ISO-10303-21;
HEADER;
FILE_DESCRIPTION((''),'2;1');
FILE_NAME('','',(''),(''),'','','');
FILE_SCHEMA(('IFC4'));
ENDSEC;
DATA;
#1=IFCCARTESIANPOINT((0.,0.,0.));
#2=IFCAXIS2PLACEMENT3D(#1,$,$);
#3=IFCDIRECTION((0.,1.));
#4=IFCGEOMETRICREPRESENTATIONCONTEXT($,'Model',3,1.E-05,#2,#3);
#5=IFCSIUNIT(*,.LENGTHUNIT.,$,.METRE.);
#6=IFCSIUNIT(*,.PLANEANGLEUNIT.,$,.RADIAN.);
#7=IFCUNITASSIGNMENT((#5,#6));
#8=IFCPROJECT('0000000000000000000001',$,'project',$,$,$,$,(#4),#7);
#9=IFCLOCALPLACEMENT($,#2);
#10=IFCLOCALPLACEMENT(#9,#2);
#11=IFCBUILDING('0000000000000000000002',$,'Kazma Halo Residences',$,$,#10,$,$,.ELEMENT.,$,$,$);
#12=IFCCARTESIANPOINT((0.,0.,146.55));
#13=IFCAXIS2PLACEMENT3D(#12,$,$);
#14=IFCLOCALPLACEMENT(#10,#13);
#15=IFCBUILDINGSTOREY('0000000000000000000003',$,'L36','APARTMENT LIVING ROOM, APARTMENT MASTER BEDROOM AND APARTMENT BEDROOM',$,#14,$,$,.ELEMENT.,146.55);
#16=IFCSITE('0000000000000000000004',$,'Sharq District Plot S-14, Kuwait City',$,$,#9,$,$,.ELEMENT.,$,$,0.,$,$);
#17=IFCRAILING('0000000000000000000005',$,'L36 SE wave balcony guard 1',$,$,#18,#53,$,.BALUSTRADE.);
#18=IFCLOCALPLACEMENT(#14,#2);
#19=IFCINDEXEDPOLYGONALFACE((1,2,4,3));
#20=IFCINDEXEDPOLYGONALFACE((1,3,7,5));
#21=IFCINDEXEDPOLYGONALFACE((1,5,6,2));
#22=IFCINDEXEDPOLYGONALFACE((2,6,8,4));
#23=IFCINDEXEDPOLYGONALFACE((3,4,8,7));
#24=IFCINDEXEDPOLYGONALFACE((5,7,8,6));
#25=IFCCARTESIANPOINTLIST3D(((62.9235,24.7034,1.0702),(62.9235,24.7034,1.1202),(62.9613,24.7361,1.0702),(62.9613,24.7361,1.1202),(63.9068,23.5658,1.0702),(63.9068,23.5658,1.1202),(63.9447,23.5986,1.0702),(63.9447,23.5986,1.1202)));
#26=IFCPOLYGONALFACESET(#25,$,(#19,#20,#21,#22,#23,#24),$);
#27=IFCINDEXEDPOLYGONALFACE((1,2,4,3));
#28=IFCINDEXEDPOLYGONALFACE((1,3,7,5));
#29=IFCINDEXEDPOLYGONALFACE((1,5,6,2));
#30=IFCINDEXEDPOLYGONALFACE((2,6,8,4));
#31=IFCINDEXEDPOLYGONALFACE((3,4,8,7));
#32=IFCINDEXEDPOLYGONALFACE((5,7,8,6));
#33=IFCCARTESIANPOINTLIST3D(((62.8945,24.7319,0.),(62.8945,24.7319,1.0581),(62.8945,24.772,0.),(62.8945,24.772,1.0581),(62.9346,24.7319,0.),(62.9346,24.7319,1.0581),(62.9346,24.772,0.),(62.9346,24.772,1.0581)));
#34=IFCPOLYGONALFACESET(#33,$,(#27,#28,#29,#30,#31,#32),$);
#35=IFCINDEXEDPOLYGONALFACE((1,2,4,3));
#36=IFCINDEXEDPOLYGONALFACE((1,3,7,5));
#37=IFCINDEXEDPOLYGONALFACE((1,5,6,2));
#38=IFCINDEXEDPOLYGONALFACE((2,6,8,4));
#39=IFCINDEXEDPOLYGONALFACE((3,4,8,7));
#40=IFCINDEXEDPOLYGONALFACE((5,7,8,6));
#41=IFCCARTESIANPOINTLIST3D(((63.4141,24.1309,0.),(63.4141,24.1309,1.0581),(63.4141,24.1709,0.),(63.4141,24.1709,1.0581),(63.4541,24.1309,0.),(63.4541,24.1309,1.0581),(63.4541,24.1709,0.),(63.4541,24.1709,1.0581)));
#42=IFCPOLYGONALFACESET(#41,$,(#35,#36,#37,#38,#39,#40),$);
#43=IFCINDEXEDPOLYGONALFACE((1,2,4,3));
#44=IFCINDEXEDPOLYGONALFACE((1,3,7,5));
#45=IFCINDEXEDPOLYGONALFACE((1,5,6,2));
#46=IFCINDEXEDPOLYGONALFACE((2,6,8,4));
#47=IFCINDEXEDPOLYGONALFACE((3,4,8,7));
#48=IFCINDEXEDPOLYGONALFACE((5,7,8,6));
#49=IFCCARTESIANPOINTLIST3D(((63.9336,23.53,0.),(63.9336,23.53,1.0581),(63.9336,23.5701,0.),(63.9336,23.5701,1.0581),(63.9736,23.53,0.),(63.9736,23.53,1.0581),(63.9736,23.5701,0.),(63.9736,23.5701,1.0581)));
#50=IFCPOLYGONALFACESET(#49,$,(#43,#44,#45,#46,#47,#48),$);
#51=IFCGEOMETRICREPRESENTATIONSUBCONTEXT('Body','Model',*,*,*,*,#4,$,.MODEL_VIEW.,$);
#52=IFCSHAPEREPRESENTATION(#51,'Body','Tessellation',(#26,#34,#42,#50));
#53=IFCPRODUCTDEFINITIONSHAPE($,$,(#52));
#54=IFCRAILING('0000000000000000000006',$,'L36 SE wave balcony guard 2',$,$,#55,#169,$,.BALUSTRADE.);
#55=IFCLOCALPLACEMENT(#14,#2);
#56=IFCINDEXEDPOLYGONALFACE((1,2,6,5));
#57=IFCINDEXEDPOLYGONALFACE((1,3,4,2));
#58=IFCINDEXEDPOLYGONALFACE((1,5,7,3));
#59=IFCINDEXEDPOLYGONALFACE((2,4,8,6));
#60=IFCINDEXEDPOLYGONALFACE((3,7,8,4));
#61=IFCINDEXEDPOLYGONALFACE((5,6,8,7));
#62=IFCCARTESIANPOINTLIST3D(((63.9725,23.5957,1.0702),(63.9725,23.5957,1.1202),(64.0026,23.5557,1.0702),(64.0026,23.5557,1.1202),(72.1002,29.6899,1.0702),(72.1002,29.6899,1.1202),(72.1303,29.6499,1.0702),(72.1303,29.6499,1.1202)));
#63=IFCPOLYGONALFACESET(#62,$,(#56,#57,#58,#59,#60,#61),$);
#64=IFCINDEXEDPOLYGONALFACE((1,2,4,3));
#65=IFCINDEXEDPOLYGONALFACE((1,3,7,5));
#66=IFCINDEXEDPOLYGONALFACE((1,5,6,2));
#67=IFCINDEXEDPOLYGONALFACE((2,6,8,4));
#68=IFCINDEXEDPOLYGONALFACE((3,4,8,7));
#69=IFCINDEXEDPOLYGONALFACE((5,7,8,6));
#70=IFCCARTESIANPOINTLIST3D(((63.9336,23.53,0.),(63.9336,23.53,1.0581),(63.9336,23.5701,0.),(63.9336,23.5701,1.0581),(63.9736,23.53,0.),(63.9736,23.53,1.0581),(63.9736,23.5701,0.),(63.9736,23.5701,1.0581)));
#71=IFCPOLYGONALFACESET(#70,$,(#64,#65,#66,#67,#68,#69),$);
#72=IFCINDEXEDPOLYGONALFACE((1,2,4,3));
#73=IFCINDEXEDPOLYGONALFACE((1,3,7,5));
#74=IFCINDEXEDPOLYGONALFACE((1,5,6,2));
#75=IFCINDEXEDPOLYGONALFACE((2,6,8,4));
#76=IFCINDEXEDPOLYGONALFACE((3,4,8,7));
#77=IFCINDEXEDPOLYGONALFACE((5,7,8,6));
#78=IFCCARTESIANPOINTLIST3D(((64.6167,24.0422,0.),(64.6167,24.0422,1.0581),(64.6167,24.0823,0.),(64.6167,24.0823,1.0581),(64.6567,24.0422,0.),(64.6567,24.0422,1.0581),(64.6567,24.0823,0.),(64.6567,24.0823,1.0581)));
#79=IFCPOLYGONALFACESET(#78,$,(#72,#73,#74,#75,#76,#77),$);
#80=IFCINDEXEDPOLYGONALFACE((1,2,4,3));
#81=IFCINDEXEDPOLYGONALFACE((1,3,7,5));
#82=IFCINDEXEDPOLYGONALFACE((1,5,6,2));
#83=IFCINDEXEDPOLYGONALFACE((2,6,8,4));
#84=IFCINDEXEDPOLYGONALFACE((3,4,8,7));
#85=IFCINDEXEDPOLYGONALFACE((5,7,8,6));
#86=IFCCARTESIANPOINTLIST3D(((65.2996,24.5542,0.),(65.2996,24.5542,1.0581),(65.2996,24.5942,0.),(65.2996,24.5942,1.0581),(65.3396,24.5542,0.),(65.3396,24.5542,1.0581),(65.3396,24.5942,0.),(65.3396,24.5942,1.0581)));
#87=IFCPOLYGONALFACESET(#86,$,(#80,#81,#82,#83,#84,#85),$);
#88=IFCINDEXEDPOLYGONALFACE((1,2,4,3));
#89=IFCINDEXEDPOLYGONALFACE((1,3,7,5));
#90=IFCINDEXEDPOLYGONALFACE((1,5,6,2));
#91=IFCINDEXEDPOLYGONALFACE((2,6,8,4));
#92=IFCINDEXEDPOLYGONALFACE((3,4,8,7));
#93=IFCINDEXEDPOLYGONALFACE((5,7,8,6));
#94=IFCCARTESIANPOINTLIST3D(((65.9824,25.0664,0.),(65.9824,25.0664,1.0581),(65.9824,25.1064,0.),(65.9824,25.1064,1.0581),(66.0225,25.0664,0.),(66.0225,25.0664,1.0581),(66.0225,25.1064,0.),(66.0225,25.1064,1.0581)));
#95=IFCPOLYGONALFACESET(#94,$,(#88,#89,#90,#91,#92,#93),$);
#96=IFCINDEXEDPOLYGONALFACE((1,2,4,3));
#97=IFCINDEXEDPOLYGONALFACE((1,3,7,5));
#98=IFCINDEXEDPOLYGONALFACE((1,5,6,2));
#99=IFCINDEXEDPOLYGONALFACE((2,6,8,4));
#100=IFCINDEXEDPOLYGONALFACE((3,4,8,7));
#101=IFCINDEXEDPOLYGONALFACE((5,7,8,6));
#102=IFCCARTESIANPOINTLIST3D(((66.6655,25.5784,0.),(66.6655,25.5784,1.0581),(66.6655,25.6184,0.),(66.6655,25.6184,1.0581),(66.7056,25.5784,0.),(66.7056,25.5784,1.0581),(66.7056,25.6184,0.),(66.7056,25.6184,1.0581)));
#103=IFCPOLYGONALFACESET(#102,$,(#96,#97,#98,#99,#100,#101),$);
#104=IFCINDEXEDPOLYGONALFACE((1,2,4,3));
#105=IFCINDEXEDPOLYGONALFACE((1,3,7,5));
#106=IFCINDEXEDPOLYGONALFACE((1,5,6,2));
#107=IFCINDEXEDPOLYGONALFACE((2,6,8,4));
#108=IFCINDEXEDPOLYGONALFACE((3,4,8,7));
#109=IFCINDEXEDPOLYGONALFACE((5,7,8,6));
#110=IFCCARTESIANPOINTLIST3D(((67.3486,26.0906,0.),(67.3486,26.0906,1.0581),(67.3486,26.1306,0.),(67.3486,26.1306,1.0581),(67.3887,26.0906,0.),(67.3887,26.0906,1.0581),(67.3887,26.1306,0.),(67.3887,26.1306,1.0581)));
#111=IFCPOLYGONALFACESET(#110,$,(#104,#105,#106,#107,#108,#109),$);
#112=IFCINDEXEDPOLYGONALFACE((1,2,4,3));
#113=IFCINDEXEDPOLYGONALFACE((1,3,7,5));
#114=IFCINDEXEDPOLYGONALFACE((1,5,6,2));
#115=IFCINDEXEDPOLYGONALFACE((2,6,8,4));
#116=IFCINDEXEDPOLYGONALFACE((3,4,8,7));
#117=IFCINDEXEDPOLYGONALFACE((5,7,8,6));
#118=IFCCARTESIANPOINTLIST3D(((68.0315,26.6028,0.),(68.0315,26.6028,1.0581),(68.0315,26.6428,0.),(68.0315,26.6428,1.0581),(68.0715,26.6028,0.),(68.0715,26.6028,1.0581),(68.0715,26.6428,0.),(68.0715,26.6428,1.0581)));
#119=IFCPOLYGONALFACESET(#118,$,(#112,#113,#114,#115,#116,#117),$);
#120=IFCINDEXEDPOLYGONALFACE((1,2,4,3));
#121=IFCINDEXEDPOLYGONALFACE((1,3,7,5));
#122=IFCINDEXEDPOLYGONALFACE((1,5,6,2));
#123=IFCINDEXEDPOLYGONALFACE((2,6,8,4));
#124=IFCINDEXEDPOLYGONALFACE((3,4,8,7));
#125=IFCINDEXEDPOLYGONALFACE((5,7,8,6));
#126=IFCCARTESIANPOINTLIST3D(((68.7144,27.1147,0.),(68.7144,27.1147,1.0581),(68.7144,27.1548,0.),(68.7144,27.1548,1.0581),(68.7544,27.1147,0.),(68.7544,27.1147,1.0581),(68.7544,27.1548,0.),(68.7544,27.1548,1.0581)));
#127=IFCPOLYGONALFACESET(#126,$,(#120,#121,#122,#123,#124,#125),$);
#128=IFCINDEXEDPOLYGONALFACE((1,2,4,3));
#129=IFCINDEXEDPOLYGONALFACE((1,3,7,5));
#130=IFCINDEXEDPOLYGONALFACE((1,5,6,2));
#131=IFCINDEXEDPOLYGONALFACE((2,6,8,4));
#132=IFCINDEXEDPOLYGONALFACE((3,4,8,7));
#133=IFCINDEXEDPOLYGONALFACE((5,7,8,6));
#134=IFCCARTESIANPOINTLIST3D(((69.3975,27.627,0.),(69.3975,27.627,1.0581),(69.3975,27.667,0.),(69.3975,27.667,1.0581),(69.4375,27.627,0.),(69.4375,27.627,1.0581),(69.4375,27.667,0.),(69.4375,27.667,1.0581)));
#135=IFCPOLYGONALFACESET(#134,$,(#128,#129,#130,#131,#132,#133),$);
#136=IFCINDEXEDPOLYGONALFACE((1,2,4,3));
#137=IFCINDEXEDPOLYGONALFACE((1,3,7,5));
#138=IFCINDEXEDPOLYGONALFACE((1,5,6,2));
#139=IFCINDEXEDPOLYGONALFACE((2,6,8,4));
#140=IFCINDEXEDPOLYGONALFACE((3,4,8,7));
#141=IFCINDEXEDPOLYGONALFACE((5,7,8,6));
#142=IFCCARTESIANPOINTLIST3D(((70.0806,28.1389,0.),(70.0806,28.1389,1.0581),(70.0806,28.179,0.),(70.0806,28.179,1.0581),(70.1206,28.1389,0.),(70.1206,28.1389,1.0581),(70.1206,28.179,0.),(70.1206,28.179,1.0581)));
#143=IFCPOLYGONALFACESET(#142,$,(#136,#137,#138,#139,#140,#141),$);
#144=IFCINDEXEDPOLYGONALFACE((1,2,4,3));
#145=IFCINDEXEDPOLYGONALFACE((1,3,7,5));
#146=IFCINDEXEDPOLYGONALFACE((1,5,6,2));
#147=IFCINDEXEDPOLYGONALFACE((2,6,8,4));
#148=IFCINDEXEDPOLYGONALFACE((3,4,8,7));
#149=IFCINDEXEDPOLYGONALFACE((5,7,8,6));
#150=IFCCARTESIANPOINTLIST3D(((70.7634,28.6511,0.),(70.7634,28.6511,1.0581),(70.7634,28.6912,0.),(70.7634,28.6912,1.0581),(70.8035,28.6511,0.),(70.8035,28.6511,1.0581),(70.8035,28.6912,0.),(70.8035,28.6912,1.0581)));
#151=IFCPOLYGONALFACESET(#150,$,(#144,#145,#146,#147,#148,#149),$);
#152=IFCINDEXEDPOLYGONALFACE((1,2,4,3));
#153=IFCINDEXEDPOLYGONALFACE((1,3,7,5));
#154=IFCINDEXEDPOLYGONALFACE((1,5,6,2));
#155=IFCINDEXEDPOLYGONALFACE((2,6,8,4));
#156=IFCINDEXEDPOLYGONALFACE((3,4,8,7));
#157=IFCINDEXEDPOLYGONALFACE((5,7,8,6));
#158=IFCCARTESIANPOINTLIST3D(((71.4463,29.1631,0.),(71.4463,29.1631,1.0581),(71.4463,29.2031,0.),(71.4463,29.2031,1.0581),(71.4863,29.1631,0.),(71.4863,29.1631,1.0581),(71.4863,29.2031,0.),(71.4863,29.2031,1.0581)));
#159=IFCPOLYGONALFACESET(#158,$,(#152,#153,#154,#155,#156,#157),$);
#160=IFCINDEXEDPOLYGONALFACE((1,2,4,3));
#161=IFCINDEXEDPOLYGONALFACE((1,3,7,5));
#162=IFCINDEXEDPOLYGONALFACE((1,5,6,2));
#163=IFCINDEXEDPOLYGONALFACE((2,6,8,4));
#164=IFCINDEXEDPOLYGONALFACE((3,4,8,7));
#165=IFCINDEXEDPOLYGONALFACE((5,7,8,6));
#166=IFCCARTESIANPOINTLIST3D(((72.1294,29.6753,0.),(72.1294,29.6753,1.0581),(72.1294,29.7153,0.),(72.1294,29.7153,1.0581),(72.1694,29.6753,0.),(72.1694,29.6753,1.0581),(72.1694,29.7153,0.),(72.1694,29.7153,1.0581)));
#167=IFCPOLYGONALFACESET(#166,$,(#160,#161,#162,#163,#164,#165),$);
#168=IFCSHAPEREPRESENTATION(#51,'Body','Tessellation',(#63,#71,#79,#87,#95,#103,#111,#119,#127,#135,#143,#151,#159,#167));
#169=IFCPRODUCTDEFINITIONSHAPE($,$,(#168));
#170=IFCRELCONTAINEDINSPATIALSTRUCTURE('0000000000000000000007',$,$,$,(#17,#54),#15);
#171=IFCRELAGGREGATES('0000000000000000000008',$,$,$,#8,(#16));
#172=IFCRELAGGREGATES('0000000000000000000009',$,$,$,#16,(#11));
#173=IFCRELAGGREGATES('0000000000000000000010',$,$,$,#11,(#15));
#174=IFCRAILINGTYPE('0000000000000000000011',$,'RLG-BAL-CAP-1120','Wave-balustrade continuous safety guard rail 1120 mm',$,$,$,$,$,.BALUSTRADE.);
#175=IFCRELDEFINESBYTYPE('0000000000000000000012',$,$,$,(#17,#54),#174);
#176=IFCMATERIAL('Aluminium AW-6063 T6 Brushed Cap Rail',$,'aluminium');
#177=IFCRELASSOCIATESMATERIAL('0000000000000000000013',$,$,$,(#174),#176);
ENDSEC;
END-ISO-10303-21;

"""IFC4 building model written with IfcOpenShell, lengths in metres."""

from ifc_helpers import new_model, si_unit, direction, frame, origin, origin_2d, place, context, subcontext, project, spatial, rectangle, extrude, material, type_object, element, save


model = new_model("IFC4")

# Units and contexts
model_context = context("Model", 3, precision=1e-05, world=origin(), true_north=direction((0.0, 1.0)))
body_context = subcontext(model_context, "Body", "Model", "MODEL_VIEW")
ifc_project = project(units=[si_unit("LENGTHUNIT", "METRE"), si_unit("PLANEANGLEUNIT", "RADIAN")], contexts=[model_context])

# Site, building, storey
site_placement = place(None, origin())
site = spatial("IfcSite", under=ifc_project, at=site_placement, Name="Sharq District Plot S-14, Kuwait City", CompositionType="ELEMENT", RefElevation=0.0)
building_placement = place(site_placement, origin())
building = spatial("IfcBuilding", under=site, at=building_placement, Name="Kazma Halo Residences", CompositionType="ELEMENT")
storey_placement = place(building_placement, frame((0.0, 0.0, 146.55)))
storey = spatial("IfcBuildingStorey", under=building, at=storey_placement, Name="L36", Description="APARTMENT LIVING ROOM, APARTMENT MASTER BEDROOM AND APARTMENT BEDROOM", CompositionType="ELEMENT", Elevation=146.55)

# Railings
ifc_material_1 = material(Name="Aluminium AW-6063 T6 Brushed Cap Rail", Category="aluminium")
railing_type = type_object("IfcRailingType", Name="RLG-BAL-CAP-1120", Description="Wave-balustrade continuous safety guard rail 1120 mm", PredefinedType="BALUSTRADE", material=ifc_material_1)
railing_1_placement = place(storey_placement, frame((62.9146, 24.752, 0.0)))
element("IfcRailing", 1, at=railing_1_placement, inside=storey, type_object=railing_type, Name="L36 SE wave balcony guard 1", PredefinedType="BALUSTRADE", context=body_context, shape_type="SweptSolid", body=[
    extrude(rectangle(XDim=0.05, YDim=0.05, at=origin_2d()), frame((0.0278, -0.0322, 1.0952), z_axis=(0.654, -0.756495, 0.0), x_axis=(0.756495, 0.654, 0.0)), (0.0, 0.0, 1.0), 1.5037),
    extrude(rectangle(XDim=0.04, YDim=0.04, at=origin_2d()), origin(), (0.0, 0.0, 1.0), 1.0581),
    extrude(rectangle(XDim=0.04, YDim=0.04, at=origin_2d()), frame((0.5195, -0.6011, 0.0)), (0.0, 0.0, 1.0), 1.0581),
    extrude(rectangle(XDim=0.04, YDim=0.04, at=origin_2d()), frame((1.0391, -1.2019, 0.0)), (0.0, 0.0, 1.0), 1.0581),
])
railing_2_placement = place(storey_placement, frame((63.9536, 23.55, 0.0)))
element("IfcRailing", 2, at=railing_2_placement, inside=storey, type_object=railing_type, Name="L36 SE wave balcony guard 2", PredefinedType="BALUSTRADE", context=body_context, shape_type="SweptSolid", body=[
    extrude(rectangle(XDim=0.05, YDim=0.05, at=origin_2d()), frame((0.0339, 0.0256, 1.0952), z_axis=(0.800074, 0.599901, 0.0), x_axis=(-0.599901, 0.800074, 0.0)), (0.0, 0.0, 1.0), 10.1587),
    extrude(rectangle(XDim=0.04, YDim=0.04, at=origin_2d()), origin(), (0.0, 0.0, 1.0), 1.0581),
    extrude(rectangle(XDim=0.04, YDim=0.04, at=origin_2d()), frame((0.6831, 0.5122, 0.0)), (0.0, 0.0, 1.0), 1.0581),
    extrude(rectangle(XDim=0.04, YDim=0.04, at=origin_2d()), frame((1.366, 1.0242, 0.0)), (0.0, 0.0, 1.0), 1.0581),
    extrude(rectangle(XDim=0.04, YDim=0.04, at=origin_2d()), frame((2.0488, 1.5364, 0.0)), (0.0, 0.0, 1.0), 1.0581),
    extrude(rectangle(XDim=0.04, YDim=0.04, at=origin_2d()), frame((2.7319, 2.0483, 0.0)), (0.0, 0.0, 1.0), 1.0581),
    extrude(rectangle(XDim=0.04, YDim=0.04, at=origin_2d()), frame((3.415, 2.5605, 0.0)), (0.0, 0.0, 1.0), 1.0581),
    extrude(rectangle(XDim=0.04, YDim=0.04, at=origin_2d()), frame((4.0979, 3.0728, 0.0)), (0.0, 0.0, 1.0), 1.0581),
    extrude(rectangle(XDim=0.04, YDim=0.04, at=origin_2d()), frame((4.7808, 3.5847, 0.0)), (0.0, 0.0, 1.0), 1.0581),
    extrude(rectangle(XDim=0.04, YDim=0.04, at=origin_2d()), frame((5.4639, 4.0969, 0.0)), (0.0, 0.0, 1.0), 1.0581),
    extrude(rectangle(XDim=0.04, YDim=0.04, at=origin_2d()), frame((6.147, 4.6089, 0.0)), (0.0, 0.0, 1.0), 1.0581),
    extrude(rectangle(XDim=0.04, YDim=0.04, at=origin_2d()), frame((6.8298, 5.1211, 0.0)), (0.0, 0.0, 1.0), 1.0581),
    extrude(rectangle(XDim=0.04, YDim=0.04, at=origin_2d()), frame((7.5127, 5.6331, 0.0)), (0.0, 0.0, 1.0), 1.0581),
    extrude(rectangle(XDim=0.04, YDim=0.04, at=origin_2d()), frame((8.1958, 6.1453, 0.0)), (0.0, 0.0, 1.0), 1.0581),
])

save(model, "model.ifc")
